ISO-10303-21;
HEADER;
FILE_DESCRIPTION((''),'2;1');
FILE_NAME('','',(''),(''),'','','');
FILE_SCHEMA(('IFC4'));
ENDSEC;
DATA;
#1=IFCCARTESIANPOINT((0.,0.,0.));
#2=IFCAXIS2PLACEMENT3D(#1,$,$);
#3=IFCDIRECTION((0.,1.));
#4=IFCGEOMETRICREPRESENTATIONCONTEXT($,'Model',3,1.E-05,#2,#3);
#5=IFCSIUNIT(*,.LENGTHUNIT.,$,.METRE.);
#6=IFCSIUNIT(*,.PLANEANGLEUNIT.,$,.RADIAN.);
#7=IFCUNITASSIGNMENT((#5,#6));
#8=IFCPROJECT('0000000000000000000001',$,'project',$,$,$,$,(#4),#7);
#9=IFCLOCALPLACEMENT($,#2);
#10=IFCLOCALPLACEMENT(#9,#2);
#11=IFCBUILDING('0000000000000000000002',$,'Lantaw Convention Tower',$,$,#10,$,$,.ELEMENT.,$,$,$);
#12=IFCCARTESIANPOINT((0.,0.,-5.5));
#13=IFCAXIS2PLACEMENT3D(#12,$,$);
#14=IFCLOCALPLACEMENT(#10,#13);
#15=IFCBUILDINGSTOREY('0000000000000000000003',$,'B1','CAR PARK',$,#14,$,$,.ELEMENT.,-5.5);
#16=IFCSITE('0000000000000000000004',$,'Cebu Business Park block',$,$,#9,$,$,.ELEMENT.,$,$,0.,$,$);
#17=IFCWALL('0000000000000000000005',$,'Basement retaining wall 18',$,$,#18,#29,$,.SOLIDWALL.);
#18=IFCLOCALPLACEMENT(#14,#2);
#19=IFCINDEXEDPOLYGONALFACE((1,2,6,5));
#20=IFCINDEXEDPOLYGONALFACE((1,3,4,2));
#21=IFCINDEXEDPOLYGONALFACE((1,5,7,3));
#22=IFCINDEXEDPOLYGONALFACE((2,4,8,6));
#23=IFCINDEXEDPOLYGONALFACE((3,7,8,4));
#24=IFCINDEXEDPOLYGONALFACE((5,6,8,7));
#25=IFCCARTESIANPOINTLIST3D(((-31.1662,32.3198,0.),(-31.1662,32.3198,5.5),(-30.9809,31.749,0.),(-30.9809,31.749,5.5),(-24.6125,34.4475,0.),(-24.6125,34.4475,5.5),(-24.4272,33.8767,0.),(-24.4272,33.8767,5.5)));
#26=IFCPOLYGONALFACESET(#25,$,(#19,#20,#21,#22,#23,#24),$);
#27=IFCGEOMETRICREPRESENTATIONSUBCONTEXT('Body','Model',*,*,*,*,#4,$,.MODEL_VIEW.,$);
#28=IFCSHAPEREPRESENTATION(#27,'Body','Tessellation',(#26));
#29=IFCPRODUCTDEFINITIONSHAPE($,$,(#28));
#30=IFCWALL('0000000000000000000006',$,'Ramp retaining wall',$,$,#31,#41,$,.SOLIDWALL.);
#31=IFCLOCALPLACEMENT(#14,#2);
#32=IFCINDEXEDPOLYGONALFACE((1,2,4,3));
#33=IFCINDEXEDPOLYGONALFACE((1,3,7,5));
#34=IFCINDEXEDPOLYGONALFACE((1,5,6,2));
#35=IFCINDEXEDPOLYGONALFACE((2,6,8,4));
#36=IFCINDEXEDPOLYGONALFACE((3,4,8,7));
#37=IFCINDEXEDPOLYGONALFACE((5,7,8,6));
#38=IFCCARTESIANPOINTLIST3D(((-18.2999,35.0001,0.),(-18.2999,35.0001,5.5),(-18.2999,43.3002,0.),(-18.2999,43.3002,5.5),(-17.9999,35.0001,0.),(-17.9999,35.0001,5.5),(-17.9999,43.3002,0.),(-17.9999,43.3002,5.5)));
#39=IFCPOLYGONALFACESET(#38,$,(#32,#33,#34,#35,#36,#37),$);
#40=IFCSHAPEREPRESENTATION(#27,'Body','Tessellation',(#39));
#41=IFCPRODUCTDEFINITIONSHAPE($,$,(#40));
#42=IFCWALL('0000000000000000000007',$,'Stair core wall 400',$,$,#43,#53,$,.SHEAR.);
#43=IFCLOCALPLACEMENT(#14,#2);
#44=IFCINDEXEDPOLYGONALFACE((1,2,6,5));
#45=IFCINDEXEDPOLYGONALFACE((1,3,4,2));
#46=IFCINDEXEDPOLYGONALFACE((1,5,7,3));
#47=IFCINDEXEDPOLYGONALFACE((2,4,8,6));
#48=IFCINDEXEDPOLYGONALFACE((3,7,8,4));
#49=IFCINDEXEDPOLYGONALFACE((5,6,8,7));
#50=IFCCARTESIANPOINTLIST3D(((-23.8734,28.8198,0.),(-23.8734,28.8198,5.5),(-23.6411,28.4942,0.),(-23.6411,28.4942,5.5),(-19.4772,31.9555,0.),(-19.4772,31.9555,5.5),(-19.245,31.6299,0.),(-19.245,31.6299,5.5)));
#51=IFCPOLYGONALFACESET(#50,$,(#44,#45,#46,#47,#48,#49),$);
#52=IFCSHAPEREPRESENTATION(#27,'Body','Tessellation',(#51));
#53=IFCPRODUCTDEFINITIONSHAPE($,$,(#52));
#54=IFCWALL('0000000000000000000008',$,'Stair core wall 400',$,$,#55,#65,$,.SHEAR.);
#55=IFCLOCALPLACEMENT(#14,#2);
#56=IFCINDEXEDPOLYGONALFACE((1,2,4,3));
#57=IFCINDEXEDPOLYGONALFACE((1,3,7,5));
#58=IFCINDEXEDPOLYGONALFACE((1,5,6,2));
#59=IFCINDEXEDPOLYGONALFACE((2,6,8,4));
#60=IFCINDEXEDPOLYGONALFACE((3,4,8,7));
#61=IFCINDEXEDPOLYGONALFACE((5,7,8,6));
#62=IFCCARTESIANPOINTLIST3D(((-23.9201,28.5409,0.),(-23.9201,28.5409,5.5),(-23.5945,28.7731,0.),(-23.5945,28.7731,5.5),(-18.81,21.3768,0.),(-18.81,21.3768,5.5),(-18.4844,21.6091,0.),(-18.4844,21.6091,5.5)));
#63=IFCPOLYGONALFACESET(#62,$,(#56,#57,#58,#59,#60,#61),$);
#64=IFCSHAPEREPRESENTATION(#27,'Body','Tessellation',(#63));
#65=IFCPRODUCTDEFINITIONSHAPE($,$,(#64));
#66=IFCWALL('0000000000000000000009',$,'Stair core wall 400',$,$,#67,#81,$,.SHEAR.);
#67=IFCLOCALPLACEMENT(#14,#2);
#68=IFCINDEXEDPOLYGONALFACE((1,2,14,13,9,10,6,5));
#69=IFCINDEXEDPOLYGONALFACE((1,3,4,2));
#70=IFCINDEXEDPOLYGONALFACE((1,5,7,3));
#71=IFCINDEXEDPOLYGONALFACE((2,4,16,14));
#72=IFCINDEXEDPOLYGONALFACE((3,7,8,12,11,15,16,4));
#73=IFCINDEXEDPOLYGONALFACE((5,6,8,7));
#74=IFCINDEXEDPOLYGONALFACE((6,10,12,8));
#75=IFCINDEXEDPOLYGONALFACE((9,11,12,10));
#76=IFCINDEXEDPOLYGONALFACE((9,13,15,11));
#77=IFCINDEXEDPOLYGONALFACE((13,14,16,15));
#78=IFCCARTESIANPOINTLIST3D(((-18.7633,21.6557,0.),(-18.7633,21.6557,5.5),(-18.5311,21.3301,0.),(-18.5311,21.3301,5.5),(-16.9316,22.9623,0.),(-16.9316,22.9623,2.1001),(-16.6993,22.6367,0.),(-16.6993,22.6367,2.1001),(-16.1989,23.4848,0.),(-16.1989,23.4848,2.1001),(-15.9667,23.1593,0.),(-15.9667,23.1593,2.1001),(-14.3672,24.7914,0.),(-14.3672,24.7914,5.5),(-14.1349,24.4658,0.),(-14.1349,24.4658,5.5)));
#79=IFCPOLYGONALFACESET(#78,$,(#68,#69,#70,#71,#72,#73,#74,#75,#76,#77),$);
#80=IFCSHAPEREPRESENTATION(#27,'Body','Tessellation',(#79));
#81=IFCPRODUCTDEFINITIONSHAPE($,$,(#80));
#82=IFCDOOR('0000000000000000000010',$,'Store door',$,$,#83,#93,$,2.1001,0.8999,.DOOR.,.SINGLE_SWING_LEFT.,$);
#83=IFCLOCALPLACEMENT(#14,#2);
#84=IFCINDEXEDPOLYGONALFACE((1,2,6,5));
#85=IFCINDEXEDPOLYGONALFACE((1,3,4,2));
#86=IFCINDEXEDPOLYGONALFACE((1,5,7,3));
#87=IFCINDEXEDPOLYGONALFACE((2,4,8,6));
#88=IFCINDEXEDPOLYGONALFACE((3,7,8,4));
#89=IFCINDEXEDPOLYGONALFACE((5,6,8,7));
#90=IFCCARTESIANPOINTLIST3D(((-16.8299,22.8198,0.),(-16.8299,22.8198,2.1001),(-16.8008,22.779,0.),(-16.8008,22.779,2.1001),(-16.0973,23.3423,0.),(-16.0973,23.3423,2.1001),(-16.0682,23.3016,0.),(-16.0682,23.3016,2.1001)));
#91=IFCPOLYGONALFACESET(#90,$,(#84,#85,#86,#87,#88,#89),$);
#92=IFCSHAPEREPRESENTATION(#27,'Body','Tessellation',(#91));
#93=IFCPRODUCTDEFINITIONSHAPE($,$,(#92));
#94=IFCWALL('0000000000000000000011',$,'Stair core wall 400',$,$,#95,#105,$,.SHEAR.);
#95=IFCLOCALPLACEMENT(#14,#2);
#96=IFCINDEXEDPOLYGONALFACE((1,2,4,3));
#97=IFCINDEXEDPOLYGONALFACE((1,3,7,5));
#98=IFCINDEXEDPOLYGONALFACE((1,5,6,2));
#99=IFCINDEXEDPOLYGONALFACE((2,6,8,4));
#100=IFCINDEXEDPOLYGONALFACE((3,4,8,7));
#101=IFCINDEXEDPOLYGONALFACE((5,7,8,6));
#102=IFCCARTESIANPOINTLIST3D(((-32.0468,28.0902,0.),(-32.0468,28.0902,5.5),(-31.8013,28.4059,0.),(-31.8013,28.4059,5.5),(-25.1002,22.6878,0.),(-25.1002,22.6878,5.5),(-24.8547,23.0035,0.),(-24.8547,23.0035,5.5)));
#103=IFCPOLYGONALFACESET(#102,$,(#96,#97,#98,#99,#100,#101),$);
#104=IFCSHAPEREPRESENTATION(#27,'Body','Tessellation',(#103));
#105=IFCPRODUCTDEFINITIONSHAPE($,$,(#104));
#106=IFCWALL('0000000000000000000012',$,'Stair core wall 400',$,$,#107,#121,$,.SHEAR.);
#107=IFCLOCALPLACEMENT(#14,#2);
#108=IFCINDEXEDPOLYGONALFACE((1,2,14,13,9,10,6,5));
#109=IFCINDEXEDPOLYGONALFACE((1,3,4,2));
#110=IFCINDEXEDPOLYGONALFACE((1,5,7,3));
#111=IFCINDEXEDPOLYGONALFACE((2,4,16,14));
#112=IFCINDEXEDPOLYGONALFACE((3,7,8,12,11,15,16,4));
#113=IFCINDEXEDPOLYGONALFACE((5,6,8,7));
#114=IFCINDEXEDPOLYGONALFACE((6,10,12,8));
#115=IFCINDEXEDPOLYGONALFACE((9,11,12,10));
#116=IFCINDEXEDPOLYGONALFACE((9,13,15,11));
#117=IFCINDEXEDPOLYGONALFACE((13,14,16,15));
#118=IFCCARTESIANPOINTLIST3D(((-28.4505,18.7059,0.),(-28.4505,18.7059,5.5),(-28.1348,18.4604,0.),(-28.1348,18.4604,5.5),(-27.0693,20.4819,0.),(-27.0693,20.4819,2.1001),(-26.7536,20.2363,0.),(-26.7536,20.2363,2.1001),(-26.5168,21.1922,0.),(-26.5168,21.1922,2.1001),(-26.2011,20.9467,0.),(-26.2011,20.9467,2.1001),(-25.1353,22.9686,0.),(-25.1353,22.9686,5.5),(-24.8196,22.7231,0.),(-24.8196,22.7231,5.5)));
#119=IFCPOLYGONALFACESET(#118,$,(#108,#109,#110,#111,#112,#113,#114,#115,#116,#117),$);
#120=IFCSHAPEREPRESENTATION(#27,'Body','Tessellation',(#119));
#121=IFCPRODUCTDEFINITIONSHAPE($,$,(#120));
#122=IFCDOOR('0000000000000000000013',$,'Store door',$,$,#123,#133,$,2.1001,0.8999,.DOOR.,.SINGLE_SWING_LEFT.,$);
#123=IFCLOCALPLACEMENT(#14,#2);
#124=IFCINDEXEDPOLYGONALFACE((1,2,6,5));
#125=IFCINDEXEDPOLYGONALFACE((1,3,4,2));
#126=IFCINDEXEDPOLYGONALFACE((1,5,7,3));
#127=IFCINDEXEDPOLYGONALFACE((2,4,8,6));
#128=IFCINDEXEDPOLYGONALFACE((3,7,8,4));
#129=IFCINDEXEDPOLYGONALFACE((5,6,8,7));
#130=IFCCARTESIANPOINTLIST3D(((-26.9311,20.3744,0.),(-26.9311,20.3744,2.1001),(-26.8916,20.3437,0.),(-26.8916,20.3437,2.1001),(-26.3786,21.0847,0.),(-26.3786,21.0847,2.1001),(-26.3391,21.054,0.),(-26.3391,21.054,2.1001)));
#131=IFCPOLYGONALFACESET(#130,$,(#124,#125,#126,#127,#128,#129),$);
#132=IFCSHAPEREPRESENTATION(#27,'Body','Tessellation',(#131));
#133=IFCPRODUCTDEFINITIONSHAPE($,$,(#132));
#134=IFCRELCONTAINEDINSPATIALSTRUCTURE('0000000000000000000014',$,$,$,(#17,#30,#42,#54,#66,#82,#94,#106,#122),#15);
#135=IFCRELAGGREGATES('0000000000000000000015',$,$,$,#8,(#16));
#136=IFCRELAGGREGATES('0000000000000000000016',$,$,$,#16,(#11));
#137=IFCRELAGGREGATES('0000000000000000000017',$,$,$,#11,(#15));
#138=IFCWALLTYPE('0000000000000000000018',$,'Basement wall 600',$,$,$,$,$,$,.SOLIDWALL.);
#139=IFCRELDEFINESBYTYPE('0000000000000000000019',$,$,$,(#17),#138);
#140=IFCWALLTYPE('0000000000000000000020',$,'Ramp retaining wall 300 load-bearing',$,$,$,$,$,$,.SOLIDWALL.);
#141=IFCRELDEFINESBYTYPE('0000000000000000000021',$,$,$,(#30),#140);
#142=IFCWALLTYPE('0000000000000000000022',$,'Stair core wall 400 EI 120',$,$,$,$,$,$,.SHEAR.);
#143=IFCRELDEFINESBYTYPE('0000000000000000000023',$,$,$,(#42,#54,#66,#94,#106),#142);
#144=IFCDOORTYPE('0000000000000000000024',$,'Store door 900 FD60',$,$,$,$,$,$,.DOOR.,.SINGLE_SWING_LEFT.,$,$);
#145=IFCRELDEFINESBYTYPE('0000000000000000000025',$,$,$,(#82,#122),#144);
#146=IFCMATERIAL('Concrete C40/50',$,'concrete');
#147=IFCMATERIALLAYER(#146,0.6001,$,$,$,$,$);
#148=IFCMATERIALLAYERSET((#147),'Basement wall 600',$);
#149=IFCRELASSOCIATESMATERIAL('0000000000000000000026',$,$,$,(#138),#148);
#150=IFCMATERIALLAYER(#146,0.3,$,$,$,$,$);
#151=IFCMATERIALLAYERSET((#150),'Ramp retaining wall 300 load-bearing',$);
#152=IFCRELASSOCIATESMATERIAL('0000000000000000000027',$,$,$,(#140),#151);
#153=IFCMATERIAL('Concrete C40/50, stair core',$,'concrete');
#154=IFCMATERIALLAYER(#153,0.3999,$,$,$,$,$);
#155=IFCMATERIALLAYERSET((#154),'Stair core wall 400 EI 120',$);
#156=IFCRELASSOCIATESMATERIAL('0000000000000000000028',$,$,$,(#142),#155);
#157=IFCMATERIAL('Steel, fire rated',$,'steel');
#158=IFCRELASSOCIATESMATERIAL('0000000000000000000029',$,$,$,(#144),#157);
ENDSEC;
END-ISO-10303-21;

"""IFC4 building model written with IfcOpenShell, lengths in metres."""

from ifc_helpers import new_model, si_unit, direction, frame, frame_2d, origin, place, context, subcontext, project, spatial, rectangle, extrude, material, layer, layer_set, type_object, element, fill, save


model = new_model("IFC4")

# Units and contexts
model_context = context("Model", 3, precision=1e-05, world=origin(), true_north=direction((0.0, 1.0)))
body_context = subcontext(model_context, "Body", "Model", "MODEL_VIEW")
ifc_project = project(units=[si_unit("LENGTHUNIT", "METRE"), si_unit("PLANEANGLEUNIT", "RADIAN")], contexts=[model_context])

# Site, building, storey
site_placement = place(None, origin())
site = spatial("IfcSite", under=ifc_project, at=site_placement, Name="Cebu Business Park block", CompositionType="ELEMENT", RefElevation=0.0)
building_placement = place(site_placement, origin())
building = spatial("IfcBuilding", under=site, at=building_placement, Name="Lantaw Convention Tower", CompositionType="ELEMENT")
storey_placement = place(building_placement, frame((0.0, 0.0, -5.5)))
storey = spatial("IfcBuildingStorey", under=building, at=storey_placement, Name="B1", Description="CAR PARK", CompositionType="ELEMENT", Elevation=-5.5)

# Walls
ifc_material_1 = material(Name="Concrete C40/50", Category="concrete")
ifc_layer_1 = layer(ifc_material_1, 0.6001)
ifc_layer_set_1 = layer_set([ifc_layer_1], Name="Basement wall 600")
wall_type_1 = type_object("IfcWallType", Name="Basement wall 600", PredefinedType="SOLIDWALL", material=ifc_layer_set_1)
wall_1_placement = place(storey_placement, frame((-24.5198, 34.1621, 0.0), z_axis=(0.0, 0.0, 1.0), x_axis=(-0.951131, -0.308788, 0.0)))
element("IfcWall", 1, at=wall_1_placement, inside=storey, type_object=wall_type_1, Name="Basement retaining wall 18", PredefinedType="SOLIDWALL", context=body_context, shape_type="SweptSolid", body=[
    extrude(rectangle(XDim=6.8904, YDim=0.6001, at=frame_2d((3.4453, 0.0))), origin(), (0.0, 0.0, 1.0), 5.5),
])
ifc_layer_2 = layer(ifc_material_1, 0.3)
ifc_layer_set_2 = layer_set([ifc_layer_2], Name="Ramp retaining wall 300 load-bearing")
wall_type_2 = type_object("IfcWallType", Name="Ramp retaining wall 300 load-bearing", PredefinedType="SOLIDWALL", material=ifc_layer_set_2)
wall_2_placement = place(storey_placement, frame((-18.1499, 43.3, 0.0), z_axis=(0.0, 0.0, 1.0), x_axis=(0.0, -1.0, 0.0)))
element("IfcWall", 2, at=wall_2_placement, inside=storey, type_object=wall_type_2, Name="Ramp retaining wall", PredefinedType="SOLIDWALL", context=body_context, shape_type="SweptSolid", body=[
    extrude(rectangle(XDim=8.3, YDim=0.3, at=frame_2d((4.1499, 0.0))), origin(), (0.0, 0.0, 1.0), 5.5),
])
ifc_material_2 = material(Name="Concrete C40/50, stair core", Category="concrete")
ifc_layer_3 = layer(ifc_material_2, 0.3999)
ifc_layer_set_3 = layer_set([ifc_layer_3], Name="Stair core wall 400 EI 120")
wall_type_3 = type_object("IfcWallType", Name="Stair core wall 400 EI 120", PredefinedType="SHEAR", material=ifc_layer_set_3)
wall_3_placement = place(storey_placement, frame((-19.3611, 31.7927, 0.0), z_axis=(0.0, 0.0, 1.0), x_axis=(-0.814121, -0.580695, 0.0)))
element("IfcWall", 3, at=wall_3_placement, inside=storey, type_object=wall_type_3, Name="Stair core wall 400", PredefinedType="SHEAR", context=body_context, shape_type="SweptSolid", body=[
    extrude(rectangle(XDim=5.3999, YDim=0.3999, at=frame_2d((2.7, 0.0))), origin(), (0.0, 0.0, 1.0), 5.5),
])
wall_4_placement = place(storey_placement, frame((-23.7573, 28.657, 0.0), z_axis=(0.0, 0.0, 1.0), x_axis=(0.580705, -0.814114, 0.0)))
element("IfcWall", 4, at=wall_4_placement, inside=storey, type_object=wall_type_3, Name="Stair core wall 400", PredefinedType="SHEAR", context=body_context, shape_type="SweptSolid", body=[
    extrude(rectangle(XDim=8.7998, YDim=0.3999, at=frame_2d((4.3999, 0.0))), origin(), (0.0, 0.0, 1.0), 5.5),
])

# Wall, opening, door
wall_5_placement = place(storey_placement, frame((-18.6472, 21.4929, 0.0), z_axis=(0.0, 0.0, 1.0), x_axis=(0.814121, 0.580695, 0.0)))
wall_5 = element("IfcWall", 5, at=wall_5_placement, inside=storey, type_object=wall_type_3, Name="Stair core wall 400", PredefinedType="SHEAR", context=body_context, shape_type="SweptSolid", body=[
    extrude(rectangle(XDim=5.3999, YDim=0.3999, at=frame_2d((2.7, 0.0))), origin(), (0.0, 0.0, 1.0), 5.5),
])
opening_1_placement = place(wall_5_placement, frame((2.25, 0.0, 0.0)))
opening_1 = element("IfcOpeningElement", 6, at=opening_1_placement, cuts=wall_5, PredefinedType="OPENING", context=body_context, shape_type="SweptSolid", body=[
    extrude(rectangle(XDim=0.8999, YDim=2.1001, at=frame_2d((0.45, 1.05))), frame((0.0, 0.21, 0.0), z_axis=(0.0, -1.0, 0.0), x_axis=(1.0, 0.0, 0.0)), (0.0, 0.0, 1.0), 0.4199),
])
ifc_material_3 = material(Name="Steel, fire rated", Category="steel")
door_type = type_object("IfcDoorType", Name="Store door 900 FD60", OperationType="SINGLE_SWING_LEFT", PredefinedType="DOOR", material=ifc_material_3)
door_1_placement = place(opening_1_placement, origin())
door_1 = element("IfcDoor", 7, at=door_1_placement, inside=storey, type_object=door_type, Name="Store door", OperationType="SINGLE_SWING_LEFT", OverallHeight=2.1001, OverallWidth=0.8999, PredefinedType="DOOR", context=body_context, shape_type="SweptSolid", body=[
    extrude(rectangle(XDim=0.8999, YDim=2.1001, at=frame_2d((0.45, 1.05))), frame((0.0, 0.0249, 0.0), z_axis=(0.0, -1.0, 0.0), x_axis=(1.0, 0.0, 0.0)), (0.0, 0.0, 1.0), 0.05),
])
fill(opening_1, door_1)

# Wall
wall_6_placement = place(storey_placement, frame((-24.9775, 22.8457, 0.0), z_axis=(0.0, 0.0, 1.0), x_axis=(-0.789381, 0.613904, 0.0)))
element("IfcWall", 8, at=wall_6_placement, inside=storey, type_object=wall_type_3, Name="Stair core wall 400", PredefinedType="SHEAR", context=body_context, shape_type="SweptSolid", body=[
    extrude(rectangle(XDim=8.8, YDim=0.3999, at=frame_2d((4.3999, 0.0))), origin(), (0.0, 0.0, 1.0), 5.5),
])

# Wall, opening, door
wall_7_placement = place(storey_placement, frame((-28.2927, 18.583, 0.0), z_axis=(0.0, 0.0, 1.0), x_axis=(0.613912, 0.789374, 0.0)))
wall_7 = element("IfcWall", 9, at=wall_7_placement, inside=storey, type_object=wall_type_3, Name="Stair core wall 400", PredefinedType="SHEAR", context=body_context, shape_type="SweptSolid", body=[
    extrude(rectangle(XDim=5.4001, YDim=0.3999, at=frame_2d((2.7002, 0.0))), origin(), (0.0, 0.0, 1.0), 5.5),
])
opening_2_placement = place(wall_7_placement, frame((2.25, 0.0, 0.0)))
opening_2 = element("IfcOpeningElement", 10, at=opening_2_placement, cuts=wall_7, PredefinedType="OPENING", context=body_context, shape_type="SweptSolid", body=[
    extrude(rectangle(XDim=0.8999, YDim=2.1001, at=frame_2d((0.45, 1.05))), frame((0.0, 0.21, 0.0), z_axis=(0.0, -1.0, 0.0), x_axis=(1.0, 0.0, 0.0)), (0.0, 0.0, 1.0), 0.4199),
])
door_2_placement = place(opening_2_placement, origin())
door_2 = element("IfcDoor", 11, at=door_2_placement, inside=storey, type_object=door_type, Name="Store door", OperationType="SINGLE_SWING_LEFT", OverallHeight=2.1001, OverallWidth=0.8999, PredefinedType="DOOR", context=body_context, shape_type="SweptSolid", body=[
    extrude(rectangle(XDim=0.8999, YDim=2.1001, at=frame_2d((0.45, 1.05))), frame((0.0, 0.0249, 0.0), z_axis=(0.0, -1.0, 0.0), x_axis=(1.0, 0.0, 0.0)), (0.0, 0.0, 1.0), 0.05),
])
fill(opening_2, door_2)

save(model, "model.ifc")
